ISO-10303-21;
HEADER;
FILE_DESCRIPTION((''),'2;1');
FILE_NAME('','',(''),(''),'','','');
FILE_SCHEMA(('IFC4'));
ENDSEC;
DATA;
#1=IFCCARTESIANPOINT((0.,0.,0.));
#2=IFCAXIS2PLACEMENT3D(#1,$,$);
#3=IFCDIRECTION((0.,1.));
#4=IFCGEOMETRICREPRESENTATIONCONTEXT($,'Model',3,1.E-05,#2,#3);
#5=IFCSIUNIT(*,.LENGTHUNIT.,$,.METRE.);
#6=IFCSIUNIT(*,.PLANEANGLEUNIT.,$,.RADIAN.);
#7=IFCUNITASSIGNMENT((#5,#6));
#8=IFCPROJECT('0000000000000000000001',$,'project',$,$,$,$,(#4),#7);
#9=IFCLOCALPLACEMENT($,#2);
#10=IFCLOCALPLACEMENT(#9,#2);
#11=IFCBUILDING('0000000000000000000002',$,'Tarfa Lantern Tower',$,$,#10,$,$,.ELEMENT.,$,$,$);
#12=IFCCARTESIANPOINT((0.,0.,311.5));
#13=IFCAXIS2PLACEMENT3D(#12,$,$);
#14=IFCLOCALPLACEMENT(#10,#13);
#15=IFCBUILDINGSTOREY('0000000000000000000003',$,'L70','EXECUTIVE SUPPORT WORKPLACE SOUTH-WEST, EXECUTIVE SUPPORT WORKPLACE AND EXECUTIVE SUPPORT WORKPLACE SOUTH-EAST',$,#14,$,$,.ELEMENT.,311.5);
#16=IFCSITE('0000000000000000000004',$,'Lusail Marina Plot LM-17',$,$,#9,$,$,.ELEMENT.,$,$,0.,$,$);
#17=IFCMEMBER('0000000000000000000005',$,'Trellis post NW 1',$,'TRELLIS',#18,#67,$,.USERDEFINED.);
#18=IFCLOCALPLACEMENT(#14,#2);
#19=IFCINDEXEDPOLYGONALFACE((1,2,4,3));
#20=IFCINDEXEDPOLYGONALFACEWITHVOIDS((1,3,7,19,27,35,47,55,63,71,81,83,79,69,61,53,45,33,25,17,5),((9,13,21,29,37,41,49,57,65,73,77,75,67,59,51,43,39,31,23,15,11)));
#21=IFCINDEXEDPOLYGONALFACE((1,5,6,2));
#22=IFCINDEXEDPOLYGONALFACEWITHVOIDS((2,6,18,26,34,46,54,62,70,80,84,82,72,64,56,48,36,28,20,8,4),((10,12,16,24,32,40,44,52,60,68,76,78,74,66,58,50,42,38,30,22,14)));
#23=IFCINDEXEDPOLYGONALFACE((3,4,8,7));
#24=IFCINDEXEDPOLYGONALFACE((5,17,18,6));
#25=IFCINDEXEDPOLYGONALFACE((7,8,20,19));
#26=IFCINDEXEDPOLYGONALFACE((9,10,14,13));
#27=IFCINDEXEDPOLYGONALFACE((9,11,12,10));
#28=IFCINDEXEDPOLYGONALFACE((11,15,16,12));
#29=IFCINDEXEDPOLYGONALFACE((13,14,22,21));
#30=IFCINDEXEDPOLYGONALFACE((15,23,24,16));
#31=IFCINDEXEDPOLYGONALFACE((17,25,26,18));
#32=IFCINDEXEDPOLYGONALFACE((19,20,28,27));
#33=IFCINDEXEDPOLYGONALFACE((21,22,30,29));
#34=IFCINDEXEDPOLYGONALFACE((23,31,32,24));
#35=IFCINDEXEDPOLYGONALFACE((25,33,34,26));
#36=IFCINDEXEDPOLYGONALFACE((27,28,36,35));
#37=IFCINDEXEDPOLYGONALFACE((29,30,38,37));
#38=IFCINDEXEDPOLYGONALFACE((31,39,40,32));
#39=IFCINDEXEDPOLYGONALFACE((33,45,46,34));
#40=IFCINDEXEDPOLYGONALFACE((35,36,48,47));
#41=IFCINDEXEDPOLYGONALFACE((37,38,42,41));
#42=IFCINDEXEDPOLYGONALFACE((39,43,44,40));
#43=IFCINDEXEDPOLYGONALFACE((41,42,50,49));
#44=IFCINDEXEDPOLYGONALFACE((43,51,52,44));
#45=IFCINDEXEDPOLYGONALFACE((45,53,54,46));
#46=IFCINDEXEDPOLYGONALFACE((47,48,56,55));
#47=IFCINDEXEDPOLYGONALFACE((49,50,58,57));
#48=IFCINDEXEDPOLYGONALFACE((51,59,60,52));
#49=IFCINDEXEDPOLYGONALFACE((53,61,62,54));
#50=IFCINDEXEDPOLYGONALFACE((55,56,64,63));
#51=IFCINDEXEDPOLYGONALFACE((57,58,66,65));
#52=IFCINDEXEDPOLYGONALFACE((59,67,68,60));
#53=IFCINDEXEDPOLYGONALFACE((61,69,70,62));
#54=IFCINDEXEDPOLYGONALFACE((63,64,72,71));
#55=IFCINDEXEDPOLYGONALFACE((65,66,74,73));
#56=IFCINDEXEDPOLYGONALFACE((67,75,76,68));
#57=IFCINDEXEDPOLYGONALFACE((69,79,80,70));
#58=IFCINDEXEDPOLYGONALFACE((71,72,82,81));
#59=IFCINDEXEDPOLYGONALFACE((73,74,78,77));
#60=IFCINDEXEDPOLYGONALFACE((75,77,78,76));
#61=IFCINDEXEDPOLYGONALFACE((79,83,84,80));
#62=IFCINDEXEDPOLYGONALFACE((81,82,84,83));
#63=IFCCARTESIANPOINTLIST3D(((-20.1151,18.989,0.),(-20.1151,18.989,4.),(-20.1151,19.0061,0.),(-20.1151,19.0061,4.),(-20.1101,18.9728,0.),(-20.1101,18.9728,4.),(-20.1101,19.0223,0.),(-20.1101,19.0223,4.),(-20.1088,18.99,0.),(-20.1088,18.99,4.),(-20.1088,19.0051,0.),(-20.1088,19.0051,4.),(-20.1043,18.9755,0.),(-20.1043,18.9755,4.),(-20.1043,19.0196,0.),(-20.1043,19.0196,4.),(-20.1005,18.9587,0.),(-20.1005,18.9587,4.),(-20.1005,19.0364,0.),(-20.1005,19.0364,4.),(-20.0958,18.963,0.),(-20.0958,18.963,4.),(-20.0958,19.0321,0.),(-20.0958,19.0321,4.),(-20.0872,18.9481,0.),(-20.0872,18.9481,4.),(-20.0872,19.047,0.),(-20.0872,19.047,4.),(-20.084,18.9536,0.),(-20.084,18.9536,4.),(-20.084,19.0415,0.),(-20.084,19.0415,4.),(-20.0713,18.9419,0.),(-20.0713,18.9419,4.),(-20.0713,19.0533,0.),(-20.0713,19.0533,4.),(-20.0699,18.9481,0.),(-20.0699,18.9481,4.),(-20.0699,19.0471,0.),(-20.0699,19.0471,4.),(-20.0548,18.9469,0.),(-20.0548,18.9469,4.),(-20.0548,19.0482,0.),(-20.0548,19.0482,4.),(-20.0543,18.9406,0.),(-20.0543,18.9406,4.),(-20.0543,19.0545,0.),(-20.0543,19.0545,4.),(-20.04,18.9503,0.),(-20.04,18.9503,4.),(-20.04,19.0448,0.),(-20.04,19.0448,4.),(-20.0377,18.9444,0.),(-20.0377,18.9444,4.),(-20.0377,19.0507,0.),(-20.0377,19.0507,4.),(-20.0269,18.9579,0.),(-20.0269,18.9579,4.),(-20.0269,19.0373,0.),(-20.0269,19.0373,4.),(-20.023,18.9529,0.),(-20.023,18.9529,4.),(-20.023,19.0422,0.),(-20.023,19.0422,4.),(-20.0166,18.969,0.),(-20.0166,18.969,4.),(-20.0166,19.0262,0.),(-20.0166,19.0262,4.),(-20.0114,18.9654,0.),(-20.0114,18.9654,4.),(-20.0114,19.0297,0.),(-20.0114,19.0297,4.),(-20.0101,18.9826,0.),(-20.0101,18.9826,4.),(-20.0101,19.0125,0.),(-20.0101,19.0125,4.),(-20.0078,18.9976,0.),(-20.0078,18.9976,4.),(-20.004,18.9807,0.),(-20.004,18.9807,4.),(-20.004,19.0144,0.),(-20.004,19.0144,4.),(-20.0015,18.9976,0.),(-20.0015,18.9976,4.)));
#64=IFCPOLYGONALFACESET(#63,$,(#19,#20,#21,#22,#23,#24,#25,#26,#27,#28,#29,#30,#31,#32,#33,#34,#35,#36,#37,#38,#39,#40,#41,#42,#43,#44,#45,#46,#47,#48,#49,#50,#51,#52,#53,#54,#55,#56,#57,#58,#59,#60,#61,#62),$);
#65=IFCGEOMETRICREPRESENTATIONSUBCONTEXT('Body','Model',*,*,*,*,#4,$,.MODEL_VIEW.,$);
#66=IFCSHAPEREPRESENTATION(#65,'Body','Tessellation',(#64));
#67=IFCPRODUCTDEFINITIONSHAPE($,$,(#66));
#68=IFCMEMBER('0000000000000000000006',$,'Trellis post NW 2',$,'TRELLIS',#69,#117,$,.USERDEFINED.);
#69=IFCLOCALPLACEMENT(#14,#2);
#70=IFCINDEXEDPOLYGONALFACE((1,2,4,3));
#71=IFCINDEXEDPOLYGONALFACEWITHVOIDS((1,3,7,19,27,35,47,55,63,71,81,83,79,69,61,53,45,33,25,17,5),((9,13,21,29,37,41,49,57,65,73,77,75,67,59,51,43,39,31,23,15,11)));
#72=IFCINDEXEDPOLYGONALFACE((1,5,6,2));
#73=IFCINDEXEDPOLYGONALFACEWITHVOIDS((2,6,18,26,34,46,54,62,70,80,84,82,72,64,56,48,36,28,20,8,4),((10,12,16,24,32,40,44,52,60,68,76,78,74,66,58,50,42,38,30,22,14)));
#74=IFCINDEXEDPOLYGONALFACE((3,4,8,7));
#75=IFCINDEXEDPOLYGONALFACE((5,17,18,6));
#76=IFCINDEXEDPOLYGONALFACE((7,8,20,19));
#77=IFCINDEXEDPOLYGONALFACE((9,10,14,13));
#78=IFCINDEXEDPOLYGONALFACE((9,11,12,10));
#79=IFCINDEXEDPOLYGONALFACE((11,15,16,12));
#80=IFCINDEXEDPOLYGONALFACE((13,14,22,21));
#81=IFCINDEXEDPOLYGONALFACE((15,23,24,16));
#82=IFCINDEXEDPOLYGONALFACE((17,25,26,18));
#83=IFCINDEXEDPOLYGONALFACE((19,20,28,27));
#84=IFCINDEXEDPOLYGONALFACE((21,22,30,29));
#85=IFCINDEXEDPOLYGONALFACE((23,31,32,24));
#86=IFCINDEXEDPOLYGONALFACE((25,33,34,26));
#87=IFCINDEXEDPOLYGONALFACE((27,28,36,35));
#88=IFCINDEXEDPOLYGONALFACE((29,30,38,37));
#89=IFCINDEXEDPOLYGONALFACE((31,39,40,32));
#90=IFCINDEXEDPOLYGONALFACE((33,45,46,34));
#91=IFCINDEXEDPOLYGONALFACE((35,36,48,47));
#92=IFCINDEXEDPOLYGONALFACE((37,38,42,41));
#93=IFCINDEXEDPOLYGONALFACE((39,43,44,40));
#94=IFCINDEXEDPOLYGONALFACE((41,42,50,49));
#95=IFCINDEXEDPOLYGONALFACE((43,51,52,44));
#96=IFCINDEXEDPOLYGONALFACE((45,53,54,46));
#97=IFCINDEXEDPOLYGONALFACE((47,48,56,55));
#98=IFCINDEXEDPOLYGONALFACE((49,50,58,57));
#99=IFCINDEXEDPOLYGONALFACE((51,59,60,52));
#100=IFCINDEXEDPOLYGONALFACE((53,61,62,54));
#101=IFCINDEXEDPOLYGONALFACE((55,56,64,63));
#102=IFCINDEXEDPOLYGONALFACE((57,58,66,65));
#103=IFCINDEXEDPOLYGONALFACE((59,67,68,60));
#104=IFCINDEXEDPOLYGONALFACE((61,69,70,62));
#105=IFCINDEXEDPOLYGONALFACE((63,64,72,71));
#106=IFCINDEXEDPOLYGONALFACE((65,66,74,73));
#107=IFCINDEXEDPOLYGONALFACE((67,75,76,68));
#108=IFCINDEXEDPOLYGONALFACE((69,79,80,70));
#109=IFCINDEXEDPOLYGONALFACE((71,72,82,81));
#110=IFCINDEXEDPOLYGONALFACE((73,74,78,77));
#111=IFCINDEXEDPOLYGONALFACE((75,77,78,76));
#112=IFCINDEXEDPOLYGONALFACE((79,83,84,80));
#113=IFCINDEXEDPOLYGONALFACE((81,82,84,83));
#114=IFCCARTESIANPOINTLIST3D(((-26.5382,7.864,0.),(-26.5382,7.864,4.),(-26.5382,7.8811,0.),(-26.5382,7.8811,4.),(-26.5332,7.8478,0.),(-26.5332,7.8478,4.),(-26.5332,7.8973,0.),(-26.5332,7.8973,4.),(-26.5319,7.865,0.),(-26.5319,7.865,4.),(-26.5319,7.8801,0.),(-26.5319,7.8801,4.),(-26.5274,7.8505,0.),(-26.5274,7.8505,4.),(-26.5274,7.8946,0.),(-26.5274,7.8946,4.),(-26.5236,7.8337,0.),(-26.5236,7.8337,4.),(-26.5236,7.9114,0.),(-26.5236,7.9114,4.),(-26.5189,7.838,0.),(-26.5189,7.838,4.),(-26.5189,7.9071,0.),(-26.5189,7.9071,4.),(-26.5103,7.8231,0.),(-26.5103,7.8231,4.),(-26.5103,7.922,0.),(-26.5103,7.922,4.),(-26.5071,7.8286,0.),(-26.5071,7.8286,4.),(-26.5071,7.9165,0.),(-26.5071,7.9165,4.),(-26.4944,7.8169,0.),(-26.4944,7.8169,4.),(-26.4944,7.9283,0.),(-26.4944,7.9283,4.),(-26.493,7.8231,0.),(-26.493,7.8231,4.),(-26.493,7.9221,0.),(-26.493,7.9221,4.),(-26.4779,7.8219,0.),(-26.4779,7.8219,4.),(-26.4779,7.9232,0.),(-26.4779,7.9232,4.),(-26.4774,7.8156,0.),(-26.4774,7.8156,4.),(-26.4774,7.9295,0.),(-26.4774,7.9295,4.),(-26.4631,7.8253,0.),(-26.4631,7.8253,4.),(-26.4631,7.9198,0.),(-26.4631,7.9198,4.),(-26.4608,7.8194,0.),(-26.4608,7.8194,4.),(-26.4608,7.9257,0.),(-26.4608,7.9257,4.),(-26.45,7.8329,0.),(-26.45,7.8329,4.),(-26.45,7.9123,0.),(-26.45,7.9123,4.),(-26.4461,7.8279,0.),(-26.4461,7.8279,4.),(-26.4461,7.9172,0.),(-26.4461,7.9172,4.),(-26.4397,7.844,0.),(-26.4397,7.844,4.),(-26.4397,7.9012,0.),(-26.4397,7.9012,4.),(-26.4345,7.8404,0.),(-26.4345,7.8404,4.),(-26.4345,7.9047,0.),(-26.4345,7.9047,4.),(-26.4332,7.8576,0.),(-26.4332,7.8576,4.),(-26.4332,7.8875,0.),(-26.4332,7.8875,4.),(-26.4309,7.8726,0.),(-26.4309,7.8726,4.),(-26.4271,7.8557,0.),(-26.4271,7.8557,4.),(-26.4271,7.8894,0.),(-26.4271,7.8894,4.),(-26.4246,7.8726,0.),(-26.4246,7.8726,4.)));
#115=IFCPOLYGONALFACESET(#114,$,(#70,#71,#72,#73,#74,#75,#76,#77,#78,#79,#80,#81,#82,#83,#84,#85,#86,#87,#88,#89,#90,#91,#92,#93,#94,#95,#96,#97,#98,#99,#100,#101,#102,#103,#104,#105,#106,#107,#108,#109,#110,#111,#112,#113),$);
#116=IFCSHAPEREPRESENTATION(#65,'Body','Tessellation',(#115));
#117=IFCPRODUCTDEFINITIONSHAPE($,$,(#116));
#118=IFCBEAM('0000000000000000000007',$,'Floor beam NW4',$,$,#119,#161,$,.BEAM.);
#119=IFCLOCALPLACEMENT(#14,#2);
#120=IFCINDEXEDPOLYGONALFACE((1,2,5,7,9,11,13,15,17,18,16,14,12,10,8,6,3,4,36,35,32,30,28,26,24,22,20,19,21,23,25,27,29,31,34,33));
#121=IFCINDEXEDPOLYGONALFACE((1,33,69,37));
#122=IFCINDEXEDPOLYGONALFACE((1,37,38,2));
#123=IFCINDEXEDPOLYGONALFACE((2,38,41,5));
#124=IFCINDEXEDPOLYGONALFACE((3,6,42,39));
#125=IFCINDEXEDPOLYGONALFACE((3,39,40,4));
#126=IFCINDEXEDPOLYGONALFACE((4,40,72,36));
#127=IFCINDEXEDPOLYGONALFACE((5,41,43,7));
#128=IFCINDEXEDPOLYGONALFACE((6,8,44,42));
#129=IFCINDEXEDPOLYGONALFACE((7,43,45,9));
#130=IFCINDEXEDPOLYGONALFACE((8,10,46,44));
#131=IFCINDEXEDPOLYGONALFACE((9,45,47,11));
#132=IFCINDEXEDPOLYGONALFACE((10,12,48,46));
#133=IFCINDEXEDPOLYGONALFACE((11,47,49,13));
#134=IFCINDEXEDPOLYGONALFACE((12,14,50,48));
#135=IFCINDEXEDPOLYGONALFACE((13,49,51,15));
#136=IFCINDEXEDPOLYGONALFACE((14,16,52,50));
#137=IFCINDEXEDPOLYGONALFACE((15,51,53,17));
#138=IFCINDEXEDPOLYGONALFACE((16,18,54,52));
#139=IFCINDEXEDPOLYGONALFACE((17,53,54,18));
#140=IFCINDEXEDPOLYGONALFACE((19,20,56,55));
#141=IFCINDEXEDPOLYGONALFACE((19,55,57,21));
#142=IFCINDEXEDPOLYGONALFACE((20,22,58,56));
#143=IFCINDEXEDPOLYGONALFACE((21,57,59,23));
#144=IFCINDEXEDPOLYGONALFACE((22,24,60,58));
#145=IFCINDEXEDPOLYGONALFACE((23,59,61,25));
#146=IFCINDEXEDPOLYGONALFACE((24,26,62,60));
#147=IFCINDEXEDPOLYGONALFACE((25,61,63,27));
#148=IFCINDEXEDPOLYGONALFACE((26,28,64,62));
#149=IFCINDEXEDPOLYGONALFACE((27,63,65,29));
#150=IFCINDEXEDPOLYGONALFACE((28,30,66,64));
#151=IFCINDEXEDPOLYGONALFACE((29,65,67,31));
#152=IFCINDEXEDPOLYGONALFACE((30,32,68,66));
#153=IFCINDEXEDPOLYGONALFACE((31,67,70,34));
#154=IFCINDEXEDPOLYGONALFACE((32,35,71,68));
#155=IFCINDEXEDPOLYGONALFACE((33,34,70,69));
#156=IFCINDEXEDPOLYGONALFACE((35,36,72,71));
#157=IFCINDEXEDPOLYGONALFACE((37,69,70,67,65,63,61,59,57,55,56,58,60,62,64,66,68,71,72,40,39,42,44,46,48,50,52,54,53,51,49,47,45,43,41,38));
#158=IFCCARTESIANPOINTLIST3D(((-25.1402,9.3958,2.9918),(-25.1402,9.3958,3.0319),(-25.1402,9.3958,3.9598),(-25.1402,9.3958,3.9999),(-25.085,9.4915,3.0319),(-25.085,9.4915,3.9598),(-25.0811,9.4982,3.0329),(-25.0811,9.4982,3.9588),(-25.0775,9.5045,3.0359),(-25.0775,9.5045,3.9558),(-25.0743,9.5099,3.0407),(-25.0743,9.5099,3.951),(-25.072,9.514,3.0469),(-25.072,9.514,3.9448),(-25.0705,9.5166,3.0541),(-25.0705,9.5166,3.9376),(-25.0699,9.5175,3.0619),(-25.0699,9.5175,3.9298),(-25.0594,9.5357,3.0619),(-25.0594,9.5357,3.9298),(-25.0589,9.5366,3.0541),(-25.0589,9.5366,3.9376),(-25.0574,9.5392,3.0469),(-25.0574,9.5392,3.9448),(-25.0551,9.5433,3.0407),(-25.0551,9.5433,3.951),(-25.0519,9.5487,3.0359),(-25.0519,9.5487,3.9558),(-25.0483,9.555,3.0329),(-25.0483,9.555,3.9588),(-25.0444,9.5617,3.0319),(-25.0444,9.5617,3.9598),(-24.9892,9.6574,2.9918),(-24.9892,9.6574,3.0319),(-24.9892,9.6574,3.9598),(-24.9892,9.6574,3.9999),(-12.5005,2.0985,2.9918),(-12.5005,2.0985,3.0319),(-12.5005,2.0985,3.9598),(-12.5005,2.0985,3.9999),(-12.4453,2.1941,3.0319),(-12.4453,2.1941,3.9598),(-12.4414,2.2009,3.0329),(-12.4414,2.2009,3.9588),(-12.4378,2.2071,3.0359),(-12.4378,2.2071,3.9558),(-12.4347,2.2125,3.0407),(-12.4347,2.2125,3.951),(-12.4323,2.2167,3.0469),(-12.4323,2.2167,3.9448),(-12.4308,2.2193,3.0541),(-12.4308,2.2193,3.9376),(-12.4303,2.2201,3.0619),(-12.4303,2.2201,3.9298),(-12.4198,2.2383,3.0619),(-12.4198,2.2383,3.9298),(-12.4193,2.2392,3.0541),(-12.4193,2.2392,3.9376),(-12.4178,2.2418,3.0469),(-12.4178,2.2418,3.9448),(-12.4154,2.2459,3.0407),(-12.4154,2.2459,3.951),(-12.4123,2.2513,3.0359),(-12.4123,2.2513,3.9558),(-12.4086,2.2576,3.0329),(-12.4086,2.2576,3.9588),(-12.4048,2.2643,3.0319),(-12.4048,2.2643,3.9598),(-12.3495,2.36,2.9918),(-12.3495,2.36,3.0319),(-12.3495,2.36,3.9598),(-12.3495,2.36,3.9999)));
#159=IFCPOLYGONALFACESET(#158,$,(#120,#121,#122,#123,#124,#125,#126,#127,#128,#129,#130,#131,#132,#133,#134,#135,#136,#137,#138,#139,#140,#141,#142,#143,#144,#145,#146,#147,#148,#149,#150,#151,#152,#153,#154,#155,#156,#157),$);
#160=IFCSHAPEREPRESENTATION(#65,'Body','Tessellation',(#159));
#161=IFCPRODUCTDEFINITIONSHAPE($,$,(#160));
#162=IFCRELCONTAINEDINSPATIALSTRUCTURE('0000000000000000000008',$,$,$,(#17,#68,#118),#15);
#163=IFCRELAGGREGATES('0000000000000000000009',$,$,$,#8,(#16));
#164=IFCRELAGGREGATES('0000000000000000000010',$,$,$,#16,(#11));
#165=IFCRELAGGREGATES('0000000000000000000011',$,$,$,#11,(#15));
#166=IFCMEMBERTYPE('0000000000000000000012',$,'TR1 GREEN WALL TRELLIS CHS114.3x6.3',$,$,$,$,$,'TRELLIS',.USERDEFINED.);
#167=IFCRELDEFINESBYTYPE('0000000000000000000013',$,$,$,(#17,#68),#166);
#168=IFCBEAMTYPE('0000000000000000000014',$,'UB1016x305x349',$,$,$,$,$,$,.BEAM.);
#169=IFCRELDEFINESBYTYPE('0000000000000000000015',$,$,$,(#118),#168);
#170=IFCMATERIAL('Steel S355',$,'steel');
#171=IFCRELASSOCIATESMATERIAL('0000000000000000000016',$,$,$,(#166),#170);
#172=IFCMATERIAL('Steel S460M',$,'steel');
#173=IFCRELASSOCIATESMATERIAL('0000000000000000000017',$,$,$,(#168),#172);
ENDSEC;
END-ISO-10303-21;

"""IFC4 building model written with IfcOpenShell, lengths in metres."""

from ifc_helpers import new_model, si_unit, direction, frame, origin, origin_2d, place, context, subcontext, project, spatial, hollow_circle, i_section, extrude, material, material_profile, profile_set, type_object, element, save


model = new_model("IFC4")

# Units and contexts
model_context = context("Model", 3, precision=1e-05, world=origin(), true_north=direction((0.0, 1.0)))
body_context = subcontext(model_context, "Body", "Model", "MODEL_VIEW")
ifc_project = project(units=[si_unit("LENGTHUNIT", "METRE"), si_unit("PLANEANGLEUNIT", "RADIAN")], contexts=[model_context])

# Site, building, storey
site_placement = place(None, origin())
site = spatial("IfcSite", under=ifc_project, at=site_placement, Name="Lusail Marina Plot LM-17", CompositionType="ELEMENT", RefElevation=0.0)
building_placement = place(site_placement, origin())
building = spatial("IfcBuilding", under=site, at=building_placement, Name="Tarfa Lantern Tower", CompositionType="ELEMENT")
storey_placement = place(building_placement, frame((0.0, 0.0, 311.5)))
storey = spatial("IfcBuildingStorey", under=building, at=storey_placement, Name="L70", Description="EXECUTIVE SUPPORT WORKPLACE SOUTH-WEST, EXECUTIVE SUPPORT WORKPLACE AND EXECUTIVE SUPPORT WORKPLACE SOUTH-EAST", CompositionType="ELEMENT", Elevation=311.5)

# Shared definitions
ifc_material_1 = material(Name="Steel S460M", Category="steel")

# Members
ifc_material_2 = material(Name="Steel S355", Category="steel")
ifc_material_profile_1 = material_profile(ifc_material_2, hollow_circle(Radius=0.0571, WallThickness=0.0063, at=origin_2d()), Name="CHS114.3x6.3")
ifc_profile_set_1 = profile_set([ifc_material_profile_1], Name="Steel S355")
member_type_1 = type_object("IfcMemberType", Name="TR1 GREEN WALL TRELLIS CHS114.3x6.3", ElementType="TRELLIS", PredefinedType="USERDEFINED", material=ifc_profile_set_1)
for number, where, z_axis, x_axis, name in (
    (1, (-20.0586, 18.9976, 0.0), (0.0, 0.0, 1.0), (1.0, 0.0, 0.0), "Trellis post NW 1"),
    (2, (-26.4817, 7.8726, 0.0), (0.0, 0.0, 1.0), (1.0, 0.0, 0.0), "Trellis post NW 2"),
):
    element("IfcMember", number, at=place(storey_placement, frame(where, z_axis=z_axis, x_axis=x_axis)), inside=storey, type_object=member_type_1, Name=name, ObjectType="TRELLIS", PredefinedType="USERDEFINED", context=body_context, shape_type="SweptSolid", body=[
        extrude(hollow_circle(Radius=0.0571, WallThickness=0.0063, at=origin_2d()), origin(), (0.0, 0.0, 1.0), 4.0),
    ])

# Beam
ifc_material_profile_2 = material_profile(ifc_material_1, i_section(OverallWidth=0.302, OverallDepth=1.0081, WebThickness=0.021, FlangeThickness=0.04, FilletRadius=0.03, at=origin_2d()), Name="UB1016x305x349")
ifc_profile_set_2 = profile_set([ifc_material_profile_2], Name="Steel S460M")
beam_type_1 = type_object("IfcBeamType", Name="UB1016x305x349", PredefinedType="BEAM", material=ifc_profile_set_2)
beam_1_placement = place(storey_placement, frame((-25.0647, 9.5266, 3.4958), z_axis=(0.86603, -0.499993, 0.0), x_axis=(0.499993, 0.86603, 0.0)))
element("IfcBeam", 3, at=beam_1_placement, inside=storey, type_object=beam_type_1, Name="Floor beam NW4", PredefinedType="BEAM", context=body_context, shape_type="SweptSolid", body=[
    extrude(i_section(OverallWidth=0.302, OverallDepth=1.0081, WebThickness=0.021, FlangeThickness=0.04, FilletRadius=0.03, at=origin_2d()), origin(), (0.0, 0.0, 1.0), 14.595),
])

save(model, "model.ifc")
